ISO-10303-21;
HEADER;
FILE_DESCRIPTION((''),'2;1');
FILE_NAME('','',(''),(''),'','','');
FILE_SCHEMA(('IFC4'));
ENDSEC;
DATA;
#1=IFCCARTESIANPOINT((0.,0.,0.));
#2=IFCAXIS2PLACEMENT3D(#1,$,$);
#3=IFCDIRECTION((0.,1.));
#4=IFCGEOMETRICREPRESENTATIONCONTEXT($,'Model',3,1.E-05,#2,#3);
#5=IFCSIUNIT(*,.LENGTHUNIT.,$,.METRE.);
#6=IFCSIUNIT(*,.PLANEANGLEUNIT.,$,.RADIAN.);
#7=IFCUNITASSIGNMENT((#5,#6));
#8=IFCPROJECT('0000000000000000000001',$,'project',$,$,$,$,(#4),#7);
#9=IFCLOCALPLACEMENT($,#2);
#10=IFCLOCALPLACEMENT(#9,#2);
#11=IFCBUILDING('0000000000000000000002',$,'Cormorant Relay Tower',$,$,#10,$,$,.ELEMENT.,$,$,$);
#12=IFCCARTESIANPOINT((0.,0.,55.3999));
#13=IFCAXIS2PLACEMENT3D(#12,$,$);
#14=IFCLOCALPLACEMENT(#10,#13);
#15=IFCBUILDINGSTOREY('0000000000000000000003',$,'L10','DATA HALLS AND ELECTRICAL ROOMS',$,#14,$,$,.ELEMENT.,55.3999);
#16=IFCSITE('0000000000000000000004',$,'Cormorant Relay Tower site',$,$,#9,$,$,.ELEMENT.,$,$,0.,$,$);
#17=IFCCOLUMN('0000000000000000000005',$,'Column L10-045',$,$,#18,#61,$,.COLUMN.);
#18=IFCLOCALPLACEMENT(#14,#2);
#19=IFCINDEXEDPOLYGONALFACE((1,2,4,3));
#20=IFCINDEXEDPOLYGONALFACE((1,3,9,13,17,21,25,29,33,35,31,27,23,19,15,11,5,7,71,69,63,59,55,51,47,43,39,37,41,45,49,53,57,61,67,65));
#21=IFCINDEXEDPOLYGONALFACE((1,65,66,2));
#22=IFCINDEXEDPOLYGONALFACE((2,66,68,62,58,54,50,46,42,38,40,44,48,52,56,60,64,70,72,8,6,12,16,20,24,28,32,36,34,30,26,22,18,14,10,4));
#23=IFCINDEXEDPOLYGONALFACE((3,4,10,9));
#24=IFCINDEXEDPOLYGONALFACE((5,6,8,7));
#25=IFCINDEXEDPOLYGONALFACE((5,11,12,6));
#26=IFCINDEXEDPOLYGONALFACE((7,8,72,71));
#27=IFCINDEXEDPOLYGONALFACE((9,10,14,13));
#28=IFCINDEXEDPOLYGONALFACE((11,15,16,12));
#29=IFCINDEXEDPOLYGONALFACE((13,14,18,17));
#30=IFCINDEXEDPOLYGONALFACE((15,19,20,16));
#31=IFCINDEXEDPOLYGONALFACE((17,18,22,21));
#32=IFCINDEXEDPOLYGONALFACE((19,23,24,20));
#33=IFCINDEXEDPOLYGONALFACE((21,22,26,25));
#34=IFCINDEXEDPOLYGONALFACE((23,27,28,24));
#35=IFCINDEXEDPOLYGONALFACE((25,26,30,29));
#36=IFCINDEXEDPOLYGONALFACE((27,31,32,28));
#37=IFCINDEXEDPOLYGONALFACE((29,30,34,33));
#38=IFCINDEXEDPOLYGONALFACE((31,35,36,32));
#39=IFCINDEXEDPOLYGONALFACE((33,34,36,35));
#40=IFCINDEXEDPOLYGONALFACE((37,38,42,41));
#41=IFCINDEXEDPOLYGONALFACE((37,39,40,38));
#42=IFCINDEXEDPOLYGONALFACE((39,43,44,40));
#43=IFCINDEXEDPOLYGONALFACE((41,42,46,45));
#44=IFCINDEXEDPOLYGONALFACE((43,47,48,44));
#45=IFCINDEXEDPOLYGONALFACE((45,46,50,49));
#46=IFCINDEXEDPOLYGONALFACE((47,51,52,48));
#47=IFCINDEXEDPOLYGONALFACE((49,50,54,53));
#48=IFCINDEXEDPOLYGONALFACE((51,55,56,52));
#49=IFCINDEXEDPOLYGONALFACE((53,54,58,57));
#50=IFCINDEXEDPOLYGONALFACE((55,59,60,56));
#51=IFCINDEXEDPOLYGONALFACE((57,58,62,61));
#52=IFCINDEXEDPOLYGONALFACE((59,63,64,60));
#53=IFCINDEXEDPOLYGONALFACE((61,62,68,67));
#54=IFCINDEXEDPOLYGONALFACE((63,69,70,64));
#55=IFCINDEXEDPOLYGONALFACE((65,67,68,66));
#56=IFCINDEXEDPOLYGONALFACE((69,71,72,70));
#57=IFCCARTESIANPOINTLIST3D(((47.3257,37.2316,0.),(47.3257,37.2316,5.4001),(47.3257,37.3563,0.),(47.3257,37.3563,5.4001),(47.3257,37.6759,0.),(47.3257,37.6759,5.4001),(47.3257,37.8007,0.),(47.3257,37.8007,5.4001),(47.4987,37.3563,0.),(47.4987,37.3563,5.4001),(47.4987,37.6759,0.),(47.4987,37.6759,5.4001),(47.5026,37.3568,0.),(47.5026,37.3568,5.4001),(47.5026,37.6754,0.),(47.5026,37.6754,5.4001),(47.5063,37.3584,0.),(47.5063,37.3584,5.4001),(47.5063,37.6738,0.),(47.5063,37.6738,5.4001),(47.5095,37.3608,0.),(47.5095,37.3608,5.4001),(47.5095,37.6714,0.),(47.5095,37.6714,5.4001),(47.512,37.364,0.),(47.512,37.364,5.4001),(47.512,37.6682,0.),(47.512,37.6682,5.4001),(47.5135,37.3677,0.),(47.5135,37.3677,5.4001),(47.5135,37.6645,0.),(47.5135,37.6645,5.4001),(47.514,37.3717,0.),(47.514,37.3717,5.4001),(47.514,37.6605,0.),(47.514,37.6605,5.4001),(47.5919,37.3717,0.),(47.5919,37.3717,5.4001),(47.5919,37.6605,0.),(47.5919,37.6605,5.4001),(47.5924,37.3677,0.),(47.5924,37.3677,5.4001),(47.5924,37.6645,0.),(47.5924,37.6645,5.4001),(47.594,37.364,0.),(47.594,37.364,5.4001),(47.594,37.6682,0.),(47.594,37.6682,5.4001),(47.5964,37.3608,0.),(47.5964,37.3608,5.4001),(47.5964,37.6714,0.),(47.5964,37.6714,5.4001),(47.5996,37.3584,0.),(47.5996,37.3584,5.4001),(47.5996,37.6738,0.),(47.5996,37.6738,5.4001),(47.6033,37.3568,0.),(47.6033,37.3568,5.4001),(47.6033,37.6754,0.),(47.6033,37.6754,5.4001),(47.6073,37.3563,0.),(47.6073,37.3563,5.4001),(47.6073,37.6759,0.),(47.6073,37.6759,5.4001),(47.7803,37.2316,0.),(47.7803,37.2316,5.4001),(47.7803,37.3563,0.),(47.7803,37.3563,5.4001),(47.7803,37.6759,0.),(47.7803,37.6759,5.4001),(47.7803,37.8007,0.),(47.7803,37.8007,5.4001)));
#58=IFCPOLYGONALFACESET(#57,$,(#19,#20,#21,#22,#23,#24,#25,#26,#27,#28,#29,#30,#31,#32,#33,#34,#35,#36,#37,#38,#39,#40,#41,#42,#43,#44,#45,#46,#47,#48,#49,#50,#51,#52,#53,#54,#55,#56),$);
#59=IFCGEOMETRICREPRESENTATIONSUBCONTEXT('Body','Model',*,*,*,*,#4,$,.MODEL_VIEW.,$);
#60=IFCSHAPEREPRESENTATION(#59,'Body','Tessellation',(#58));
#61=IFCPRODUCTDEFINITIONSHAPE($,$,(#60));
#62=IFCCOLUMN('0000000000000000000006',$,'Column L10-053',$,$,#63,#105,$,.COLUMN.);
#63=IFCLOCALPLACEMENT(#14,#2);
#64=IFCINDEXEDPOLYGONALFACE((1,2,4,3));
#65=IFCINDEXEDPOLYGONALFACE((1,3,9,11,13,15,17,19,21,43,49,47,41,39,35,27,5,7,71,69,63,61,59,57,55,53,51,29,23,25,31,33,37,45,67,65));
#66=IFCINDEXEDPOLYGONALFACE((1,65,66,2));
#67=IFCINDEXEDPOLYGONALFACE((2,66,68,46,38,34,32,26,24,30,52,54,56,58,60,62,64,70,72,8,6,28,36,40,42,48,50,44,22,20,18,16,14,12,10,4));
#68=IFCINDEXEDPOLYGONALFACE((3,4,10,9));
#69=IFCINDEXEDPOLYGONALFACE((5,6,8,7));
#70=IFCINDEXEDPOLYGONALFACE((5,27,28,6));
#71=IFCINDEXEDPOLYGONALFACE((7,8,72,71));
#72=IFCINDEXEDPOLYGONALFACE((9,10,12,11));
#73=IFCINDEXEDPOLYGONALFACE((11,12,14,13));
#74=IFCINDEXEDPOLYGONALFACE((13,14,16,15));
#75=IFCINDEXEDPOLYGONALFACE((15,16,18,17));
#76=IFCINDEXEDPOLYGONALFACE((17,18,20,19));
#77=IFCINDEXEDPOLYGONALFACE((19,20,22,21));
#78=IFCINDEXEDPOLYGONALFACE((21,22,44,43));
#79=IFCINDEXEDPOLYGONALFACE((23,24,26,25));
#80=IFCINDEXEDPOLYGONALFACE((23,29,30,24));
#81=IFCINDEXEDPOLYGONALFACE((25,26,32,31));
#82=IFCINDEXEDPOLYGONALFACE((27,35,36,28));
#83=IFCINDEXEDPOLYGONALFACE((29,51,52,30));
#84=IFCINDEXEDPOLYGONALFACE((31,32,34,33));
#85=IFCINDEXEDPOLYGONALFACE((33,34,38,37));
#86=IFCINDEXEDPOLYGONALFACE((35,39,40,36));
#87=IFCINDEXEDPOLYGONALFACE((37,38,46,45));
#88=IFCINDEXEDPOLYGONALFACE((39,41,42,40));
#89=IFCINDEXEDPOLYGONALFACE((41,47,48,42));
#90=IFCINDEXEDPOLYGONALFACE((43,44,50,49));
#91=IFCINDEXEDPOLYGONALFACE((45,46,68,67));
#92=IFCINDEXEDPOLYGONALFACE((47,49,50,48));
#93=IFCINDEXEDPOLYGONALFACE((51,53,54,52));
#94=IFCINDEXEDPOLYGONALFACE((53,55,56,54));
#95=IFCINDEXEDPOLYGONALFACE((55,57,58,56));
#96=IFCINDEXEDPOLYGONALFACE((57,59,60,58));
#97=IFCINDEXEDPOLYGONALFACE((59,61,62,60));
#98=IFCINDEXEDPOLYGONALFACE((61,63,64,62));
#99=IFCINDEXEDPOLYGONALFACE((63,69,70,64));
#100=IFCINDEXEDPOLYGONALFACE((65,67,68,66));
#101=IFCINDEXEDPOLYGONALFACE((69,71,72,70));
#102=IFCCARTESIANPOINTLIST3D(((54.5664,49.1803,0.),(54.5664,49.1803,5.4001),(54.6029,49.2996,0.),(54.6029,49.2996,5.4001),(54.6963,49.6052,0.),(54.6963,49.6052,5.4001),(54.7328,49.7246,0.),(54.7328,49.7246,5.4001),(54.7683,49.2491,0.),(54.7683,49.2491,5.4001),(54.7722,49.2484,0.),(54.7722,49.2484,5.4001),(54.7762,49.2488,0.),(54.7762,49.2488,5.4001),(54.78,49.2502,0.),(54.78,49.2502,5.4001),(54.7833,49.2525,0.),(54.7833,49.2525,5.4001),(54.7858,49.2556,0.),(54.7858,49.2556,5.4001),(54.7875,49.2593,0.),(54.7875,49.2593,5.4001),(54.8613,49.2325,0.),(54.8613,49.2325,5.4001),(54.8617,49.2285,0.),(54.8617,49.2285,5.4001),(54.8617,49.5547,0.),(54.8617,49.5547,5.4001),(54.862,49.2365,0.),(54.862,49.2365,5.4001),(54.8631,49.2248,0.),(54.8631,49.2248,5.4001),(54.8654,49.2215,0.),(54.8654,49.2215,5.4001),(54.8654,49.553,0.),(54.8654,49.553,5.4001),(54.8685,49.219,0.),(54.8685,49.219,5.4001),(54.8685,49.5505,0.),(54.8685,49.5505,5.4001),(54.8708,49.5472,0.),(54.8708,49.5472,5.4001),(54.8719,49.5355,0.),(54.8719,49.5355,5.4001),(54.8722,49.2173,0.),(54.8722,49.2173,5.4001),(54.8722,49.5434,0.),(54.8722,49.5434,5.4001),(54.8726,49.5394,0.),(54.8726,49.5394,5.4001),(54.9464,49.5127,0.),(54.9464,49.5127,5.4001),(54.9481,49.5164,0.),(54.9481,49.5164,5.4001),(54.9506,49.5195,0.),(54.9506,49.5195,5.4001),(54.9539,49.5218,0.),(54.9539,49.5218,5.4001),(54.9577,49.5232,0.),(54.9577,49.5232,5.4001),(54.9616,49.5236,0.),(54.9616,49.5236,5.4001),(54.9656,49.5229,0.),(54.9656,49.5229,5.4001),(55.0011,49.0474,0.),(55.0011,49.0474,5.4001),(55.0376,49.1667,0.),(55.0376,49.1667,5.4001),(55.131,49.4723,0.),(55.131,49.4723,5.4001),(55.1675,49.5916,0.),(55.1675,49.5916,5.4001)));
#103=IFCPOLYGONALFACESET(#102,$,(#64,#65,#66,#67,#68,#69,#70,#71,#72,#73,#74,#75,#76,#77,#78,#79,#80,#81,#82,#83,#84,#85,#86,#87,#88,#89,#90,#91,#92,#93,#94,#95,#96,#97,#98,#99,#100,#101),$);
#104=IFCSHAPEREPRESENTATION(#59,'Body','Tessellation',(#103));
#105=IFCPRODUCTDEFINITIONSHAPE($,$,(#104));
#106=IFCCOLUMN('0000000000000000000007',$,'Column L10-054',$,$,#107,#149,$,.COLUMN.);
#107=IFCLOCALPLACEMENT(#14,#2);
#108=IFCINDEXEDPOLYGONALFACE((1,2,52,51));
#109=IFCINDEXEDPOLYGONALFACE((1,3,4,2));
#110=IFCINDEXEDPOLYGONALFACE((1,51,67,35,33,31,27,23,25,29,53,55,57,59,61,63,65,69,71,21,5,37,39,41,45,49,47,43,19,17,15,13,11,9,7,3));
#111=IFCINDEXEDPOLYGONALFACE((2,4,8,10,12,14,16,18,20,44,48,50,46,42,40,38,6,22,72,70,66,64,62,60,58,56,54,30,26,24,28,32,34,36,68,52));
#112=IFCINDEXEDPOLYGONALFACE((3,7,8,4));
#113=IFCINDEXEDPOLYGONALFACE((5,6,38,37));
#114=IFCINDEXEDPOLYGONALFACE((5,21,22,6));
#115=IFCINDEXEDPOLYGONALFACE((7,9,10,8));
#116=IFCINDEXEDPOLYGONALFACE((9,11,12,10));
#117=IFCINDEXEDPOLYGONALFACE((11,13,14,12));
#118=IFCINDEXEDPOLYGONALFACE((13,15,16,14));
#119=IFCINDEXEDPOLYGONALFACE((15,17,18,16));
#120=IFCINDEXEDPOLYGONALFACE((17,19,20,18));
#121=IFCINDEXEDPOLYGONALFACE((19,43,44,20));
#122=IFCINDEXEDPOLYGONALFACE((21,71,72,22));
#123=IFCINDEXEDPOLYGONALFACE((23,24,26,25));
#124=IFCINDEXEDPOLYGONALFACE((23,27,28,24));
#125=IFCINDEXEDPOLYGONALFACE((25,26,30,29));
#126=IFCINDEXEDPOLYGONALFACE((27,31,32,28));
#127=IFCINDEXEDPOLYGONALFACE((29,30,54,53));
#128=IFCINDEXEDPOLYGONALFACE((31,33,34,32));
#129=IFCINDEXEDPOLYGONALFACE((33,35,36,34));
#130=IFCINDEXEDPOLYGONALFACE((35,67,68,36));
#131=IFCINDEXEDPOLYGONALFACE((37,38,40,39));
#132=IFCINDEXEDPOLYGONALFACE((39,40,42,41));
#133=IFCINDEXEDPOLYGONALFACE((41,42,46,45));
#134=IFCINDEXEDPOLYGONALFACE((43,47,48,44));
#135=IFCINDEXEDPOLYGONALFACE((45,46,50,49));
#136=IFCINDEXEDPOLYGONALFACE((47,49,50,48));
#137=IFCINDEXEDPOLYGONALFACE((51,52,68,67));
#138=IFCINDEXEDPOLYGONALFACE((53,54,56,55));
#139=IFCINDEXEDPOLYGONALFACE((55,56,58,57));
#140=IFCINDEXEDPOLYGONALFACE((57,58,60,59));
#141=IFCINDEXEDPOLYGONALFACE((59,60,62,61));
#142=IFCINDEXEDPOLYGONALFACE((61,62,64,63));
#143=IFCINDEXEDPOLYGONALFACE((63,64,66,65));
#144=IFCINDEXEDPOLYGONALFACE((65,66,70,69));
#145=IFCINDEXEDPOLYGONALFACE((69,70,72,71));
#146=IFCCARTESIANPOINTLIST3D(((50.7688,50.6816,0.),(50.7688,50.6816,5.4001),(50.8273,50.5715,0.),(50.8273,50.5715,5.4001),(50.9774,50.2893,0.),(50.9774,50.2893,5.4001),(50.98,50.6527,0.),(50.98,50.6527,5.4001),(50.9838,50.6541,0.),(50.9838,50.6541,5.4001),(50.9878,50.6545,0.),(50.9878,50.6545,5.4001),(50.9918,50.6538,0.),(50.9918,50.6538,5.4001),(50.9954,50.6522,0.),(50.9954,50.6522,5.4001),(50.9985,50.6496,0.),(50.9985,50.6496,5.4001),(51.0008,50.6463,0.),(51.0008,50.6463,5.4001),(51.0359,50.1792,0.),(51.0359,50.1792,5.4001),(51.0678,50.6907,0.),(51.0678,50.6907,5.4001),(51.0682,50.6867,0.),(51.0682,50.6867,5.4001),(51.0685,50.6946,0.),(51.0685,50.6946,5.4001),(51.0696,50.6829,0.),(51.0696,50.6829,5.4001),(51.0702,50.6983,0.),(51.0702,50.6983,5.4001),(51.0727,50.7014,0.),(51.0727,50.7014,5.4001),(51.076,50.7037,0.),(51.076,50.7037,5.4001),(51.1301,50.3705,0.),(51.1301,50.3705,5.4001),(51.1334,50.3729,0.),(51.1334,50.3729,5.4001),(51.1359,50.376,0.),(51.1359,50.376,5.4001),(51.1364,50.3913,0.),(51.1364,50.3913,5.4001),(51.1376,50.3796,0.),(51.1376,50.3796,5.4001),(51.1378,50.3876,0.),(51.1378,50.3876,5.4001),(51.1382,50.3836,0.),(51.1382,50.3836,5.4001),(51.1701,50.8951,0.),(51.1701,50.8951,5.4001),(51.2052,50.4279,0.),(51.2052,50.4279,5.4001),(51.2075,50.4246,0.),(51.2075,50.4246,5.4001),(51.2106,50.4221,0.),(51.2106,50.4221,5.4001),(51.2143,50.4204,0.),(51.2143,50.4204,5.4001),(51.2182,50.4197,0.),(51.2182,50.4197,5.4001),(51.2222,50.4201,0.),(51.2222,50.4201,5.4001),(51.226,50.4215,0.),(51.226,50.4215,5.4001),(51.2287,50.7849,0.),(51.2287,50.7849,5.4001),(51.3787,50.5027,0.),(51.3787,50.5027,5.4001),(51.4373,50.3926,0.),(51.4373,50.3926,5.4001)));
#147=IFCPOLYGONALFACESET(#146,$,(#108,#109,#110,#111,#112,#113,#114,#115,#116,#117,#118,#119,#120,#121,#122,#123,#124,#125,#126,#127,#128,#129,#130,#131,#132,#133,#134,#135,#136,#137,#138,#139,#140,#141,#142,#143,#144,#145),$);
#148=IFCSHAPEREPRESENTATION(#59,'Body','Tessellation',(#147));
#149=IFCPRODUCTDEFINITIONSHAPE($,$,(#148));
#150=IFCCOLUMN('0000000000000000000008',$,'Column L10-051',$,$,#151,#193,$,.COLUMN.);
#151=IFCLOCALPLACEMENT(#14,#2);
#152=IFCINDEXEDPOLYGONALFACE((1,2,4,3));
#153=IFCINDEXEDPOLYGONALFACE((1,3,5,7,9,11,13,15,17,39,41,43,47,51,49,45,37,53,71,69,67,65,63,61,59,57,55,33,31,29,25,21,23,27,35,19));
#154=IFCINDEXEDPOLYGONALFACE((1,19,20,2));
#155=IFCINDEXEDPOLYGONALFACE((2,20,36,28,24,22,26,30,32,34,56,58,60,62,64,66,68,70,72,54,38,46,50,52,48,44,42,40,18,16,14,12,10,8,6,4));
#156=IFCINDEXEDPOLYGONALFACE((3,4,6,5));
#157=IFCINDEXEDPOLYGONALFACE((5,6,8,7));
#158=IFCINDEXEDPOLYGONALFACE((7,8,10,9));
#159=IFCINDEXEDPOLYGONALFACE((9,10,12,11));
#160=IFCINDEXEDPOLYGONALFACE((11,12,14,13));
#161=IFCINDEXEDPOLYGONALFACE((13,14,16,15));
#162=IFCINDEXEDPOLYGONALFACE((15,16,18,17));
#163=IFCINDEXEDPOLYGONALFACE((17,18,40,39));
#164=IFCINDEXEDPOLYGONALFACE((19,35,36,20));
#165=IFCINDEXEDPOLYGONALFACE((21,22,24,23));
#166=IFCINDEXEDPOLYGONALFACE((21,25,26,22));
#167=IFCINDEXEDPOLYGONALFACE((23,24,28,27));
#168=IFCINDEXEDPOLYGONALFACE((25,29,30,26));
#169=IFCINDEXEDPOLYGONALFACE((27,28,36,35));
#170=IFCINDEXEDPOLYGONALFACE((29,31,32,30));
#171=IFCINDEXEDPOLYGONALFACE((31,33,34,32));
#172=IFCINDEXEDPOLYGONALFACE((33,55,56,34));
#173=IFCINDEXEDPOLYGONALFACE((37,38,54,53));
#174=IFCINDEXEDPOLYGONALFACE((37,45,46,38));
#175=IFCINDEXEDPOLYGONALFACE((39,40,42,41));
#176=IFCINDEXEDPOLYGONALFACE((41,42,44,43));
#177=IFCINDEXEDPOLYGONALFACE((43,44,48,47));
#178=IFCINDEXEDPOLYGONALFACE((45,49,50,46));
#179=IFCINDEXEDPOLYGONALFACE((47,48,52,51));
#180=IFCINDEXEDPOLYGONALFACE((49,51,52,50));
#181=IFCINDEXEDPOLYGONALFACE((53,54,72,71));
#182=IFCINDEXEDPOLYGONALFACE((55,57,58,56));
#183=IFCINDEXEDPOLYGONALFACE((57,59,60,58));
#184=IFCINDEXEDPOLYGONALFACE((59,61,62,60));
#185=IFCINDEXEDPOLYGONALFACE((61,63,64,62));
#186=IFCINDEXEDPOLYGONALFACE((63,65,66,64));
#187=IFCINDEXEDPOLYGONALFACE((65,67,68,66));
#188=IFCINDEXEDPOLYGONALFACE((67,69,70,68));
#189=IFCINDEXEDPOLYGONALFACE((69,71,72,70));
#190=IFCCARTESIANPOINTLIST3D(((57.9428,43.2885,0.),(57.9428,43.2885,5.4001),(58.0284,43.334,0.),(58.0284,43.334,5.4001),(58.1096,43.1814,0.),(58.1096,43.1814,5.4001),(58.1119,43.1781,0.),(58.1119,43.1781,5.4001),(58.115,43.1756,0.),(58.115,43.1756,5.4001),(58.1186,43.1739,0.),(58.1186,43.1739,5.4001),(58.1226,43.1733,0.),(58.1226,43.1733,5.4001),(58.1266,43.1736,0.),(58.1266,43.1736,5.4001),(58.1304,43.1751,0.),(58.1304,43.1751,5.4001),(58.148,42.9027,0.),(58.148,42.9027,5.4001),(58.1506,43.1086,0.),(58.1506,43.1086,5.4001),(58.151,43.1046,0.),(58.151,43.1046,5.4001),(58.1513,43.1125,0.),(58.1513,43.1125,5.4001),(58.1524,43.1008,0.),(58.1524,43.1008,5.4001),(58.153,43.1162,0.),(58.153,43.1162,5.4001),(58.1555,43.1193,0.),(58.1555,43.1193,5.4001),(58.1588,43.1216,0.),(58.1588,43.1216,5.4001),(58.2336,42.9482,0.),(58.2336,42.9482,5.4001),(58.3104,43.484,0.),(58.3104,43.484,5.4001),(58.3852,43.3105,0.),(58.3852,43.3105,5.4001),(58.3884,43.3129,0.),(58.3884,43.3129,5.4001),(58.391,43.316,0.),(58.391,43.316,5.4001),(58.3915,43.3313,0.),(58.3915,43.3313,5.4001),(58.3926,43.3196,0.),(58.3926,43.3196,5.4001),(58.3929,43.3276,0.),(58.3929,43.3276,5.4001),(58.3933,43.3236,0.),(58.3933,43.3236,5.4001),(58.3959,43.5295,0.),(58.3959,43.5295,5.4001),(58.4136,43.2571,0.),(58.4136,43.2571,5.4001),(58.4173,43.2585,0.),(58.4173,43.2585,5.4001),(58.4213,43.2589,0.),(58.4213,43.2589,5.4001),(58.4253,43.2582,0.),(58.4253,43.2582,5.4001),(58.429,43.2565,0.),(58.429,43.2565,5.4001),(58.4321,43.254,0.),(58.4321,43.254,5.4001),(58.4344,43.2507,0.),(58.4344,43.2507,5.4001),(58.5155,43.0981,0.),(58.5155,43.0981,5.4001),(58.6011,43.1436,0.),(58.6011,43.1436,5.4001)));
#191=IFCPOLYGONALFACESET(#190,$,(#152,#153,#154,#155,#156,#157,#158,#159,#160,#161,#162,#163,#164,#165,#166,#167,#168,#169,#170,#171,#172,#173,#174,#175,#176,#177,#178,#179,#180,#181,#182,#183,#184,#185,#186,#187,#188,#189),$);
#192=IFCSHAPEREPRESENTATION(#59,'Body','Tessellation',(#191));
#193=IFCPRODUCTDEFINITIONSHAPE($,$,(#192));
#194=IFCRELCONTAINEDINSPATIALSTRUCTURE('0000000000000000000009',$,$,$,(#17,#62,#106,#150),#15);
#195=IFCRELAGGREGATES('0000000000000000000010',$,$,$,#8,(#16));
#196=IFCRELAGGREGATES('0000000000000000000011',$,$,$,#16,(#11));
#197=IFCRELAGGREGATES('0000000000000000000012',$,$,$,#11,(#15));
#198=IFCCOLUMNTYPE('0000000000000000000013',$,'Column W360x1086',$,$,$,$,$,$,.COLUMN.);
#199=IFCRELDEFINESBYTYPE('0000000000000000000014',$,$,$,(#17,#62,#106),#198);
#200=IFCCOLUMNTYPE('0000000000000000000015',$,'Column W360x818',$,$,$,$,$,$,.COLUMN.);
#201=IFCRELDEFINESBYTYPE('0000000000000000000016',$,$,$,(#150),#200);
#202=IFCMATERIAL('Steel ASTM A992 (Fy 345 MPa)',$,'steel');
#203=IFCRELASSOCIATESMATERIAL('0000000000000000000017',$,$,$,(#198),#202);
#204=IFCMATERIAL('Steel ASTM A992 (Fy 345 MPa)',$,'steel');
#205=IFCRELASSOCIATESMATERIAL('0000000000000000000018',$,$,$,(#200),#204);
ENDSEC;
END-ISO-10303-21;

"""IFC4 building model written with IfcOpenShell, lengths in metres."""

from ifc_helpers import new_model, si_unit, direction, frame, origin, origin_2d, place, context, subcontext, project, spatial, i_section, extrude, material, material_profile, profile_set, type_object, element, save


model = new_model("IFC4")

# Units and contexts
model_context = context("Model", 3, precision=1e-05, world=origin(), true_north=direction((0.0, 1.0)))
body_context = subcontext(model_context, "Body", "Model", "MODEL_VIEW")
ifc_project = project(units=[si_unit("LENGTHUNIT", "METRE"), si_unit("PLANEANGLEUNIT", "RADIAN")], contexts=[model_context])

# Site, building, storey
site_placement = place(None, origin())
site = spatial("IfcSite", under=ifc_project, at=site_placement, Name="Cormorant Relay Tower site", CompositionType="ELEMENT", RefElevation=0.0)
building_placement = place(site_placement, origin())
building = spatial("IfcBuilding", under=site, at=building_placement, Name="Cormorant Relay Tower", CompositionType="ELEMENT")
storey_placement = place(building_placement, frame((0.0, 0.0, 55.3999)))
storey = spatial("IfcBuildingStorey", under=building, at=storey_placement, Name="L10", Description="DATA HALLS AND ELECTRICAL ROOMS", CompositionType="ELEMENT", Elevation=55.3999)

# Columns
ifc_material_1 = material(Name="Steel ASTM A992 (Fy 345 MPa)", Category="steel")
ifc_material_profile_1 = material_profile(ifc_material_1, i_section(OverallWidth=0.4546, OverallDepth=0.5691, WebThickness=0.0779, FlangeThickness=0.1248, FilletRadius=0.0154, at=origin_2d()), Name="W360x1086")
ifc_profile_set_1 = profile_set([ifc_material_profile_1], Name="Steel ASTM A992 (Fy 345 MPa)")
column_type_1 = type_object("IfcColumnType", Name="Column W360x1086", PredefinedType="COLUMN", material=ifc_profile_set_1)
for number, where, z_axis, x_axis, name in (
    (1, (47.553, 37.5161, 0.0), (0.0, 0.0, 1.0), (1.0, 0.0, 0.0), "Column L10-045"),
    (2, (54.8669, 49.386, 0.0), (0.0, 0.0, 1.0), (-0.956305, 0.292372, 0.0), "Column L10-053"),
    (3, (51.103, 50.5371, 0.0), (0.0, 0.0, 1.0), (-0.882948, -0.469472, 0.0), "Column L10-054"),
):
    element("IfcColumn", number, at=place(storey_placement, frame(where, z_axis=z_axis, x_axis=x_axis)), inside=storey, type_object=column_type_1, Name=name, PredefinedType="COLUMN", context=body_context, shape_type="SweptSolid", body=[
        extrude(i_section(OverallWidth=0.4546, OverallDepth=0.5691, WebThickness=0.0779, FlangeThickness=0.1248, FilletRadius=0.0154, at=origin_2d()), origin(), (0.0, 0.0, 1.0), 5.4001),
    ])
ifc_material_2 = material(Name="Steel ASTM A992 (Fy 345 MPa)", Category="steel")
ifc_material_profile_2 = material_profile(ifc_material_2, i_section(OverallWidth=0.437, OverallDepth=0.5132, WebThickness=0.0605, FlangeThickness=0.0969, FilletRadius=0.0154, at=origin_2d()), Name="W360x818")
ifc_profile_set_2 = profile_set([ifc_material_profile_2], Name="Steel ASTM A992 (Fy 345 MPa)")
column_type_2 = type_object("IfcColumnType", Name="Column W360x818", PredefinedType="COLUMN", material=ifc_profile_set_2)
column_placement = place(storey_placement, frame((58.272, 43.2161, 0.0), z_axis=(0.0, 0.0, 1.0), x_axis=(-0.469472, 0.882948, 0.0)))
element("IfcColumn", 4, at=column_placement, inside=storey, type_object=column_type_2, Name="Column L10-051", PredefinedType="COLUMN", context=body_context, shape_type="SweptSolid", body=[
    extrude(i_section(OverallWidth=0.437, OverallDepth=0.5132, WebThickness=0.0605, FlangeThickness=0.0969, FilletRadius=0.0154, at=origin_2d()), origin(), (0.0, 0.0, 1.0), 5.4001),
])

save(model, "model.ifc")
